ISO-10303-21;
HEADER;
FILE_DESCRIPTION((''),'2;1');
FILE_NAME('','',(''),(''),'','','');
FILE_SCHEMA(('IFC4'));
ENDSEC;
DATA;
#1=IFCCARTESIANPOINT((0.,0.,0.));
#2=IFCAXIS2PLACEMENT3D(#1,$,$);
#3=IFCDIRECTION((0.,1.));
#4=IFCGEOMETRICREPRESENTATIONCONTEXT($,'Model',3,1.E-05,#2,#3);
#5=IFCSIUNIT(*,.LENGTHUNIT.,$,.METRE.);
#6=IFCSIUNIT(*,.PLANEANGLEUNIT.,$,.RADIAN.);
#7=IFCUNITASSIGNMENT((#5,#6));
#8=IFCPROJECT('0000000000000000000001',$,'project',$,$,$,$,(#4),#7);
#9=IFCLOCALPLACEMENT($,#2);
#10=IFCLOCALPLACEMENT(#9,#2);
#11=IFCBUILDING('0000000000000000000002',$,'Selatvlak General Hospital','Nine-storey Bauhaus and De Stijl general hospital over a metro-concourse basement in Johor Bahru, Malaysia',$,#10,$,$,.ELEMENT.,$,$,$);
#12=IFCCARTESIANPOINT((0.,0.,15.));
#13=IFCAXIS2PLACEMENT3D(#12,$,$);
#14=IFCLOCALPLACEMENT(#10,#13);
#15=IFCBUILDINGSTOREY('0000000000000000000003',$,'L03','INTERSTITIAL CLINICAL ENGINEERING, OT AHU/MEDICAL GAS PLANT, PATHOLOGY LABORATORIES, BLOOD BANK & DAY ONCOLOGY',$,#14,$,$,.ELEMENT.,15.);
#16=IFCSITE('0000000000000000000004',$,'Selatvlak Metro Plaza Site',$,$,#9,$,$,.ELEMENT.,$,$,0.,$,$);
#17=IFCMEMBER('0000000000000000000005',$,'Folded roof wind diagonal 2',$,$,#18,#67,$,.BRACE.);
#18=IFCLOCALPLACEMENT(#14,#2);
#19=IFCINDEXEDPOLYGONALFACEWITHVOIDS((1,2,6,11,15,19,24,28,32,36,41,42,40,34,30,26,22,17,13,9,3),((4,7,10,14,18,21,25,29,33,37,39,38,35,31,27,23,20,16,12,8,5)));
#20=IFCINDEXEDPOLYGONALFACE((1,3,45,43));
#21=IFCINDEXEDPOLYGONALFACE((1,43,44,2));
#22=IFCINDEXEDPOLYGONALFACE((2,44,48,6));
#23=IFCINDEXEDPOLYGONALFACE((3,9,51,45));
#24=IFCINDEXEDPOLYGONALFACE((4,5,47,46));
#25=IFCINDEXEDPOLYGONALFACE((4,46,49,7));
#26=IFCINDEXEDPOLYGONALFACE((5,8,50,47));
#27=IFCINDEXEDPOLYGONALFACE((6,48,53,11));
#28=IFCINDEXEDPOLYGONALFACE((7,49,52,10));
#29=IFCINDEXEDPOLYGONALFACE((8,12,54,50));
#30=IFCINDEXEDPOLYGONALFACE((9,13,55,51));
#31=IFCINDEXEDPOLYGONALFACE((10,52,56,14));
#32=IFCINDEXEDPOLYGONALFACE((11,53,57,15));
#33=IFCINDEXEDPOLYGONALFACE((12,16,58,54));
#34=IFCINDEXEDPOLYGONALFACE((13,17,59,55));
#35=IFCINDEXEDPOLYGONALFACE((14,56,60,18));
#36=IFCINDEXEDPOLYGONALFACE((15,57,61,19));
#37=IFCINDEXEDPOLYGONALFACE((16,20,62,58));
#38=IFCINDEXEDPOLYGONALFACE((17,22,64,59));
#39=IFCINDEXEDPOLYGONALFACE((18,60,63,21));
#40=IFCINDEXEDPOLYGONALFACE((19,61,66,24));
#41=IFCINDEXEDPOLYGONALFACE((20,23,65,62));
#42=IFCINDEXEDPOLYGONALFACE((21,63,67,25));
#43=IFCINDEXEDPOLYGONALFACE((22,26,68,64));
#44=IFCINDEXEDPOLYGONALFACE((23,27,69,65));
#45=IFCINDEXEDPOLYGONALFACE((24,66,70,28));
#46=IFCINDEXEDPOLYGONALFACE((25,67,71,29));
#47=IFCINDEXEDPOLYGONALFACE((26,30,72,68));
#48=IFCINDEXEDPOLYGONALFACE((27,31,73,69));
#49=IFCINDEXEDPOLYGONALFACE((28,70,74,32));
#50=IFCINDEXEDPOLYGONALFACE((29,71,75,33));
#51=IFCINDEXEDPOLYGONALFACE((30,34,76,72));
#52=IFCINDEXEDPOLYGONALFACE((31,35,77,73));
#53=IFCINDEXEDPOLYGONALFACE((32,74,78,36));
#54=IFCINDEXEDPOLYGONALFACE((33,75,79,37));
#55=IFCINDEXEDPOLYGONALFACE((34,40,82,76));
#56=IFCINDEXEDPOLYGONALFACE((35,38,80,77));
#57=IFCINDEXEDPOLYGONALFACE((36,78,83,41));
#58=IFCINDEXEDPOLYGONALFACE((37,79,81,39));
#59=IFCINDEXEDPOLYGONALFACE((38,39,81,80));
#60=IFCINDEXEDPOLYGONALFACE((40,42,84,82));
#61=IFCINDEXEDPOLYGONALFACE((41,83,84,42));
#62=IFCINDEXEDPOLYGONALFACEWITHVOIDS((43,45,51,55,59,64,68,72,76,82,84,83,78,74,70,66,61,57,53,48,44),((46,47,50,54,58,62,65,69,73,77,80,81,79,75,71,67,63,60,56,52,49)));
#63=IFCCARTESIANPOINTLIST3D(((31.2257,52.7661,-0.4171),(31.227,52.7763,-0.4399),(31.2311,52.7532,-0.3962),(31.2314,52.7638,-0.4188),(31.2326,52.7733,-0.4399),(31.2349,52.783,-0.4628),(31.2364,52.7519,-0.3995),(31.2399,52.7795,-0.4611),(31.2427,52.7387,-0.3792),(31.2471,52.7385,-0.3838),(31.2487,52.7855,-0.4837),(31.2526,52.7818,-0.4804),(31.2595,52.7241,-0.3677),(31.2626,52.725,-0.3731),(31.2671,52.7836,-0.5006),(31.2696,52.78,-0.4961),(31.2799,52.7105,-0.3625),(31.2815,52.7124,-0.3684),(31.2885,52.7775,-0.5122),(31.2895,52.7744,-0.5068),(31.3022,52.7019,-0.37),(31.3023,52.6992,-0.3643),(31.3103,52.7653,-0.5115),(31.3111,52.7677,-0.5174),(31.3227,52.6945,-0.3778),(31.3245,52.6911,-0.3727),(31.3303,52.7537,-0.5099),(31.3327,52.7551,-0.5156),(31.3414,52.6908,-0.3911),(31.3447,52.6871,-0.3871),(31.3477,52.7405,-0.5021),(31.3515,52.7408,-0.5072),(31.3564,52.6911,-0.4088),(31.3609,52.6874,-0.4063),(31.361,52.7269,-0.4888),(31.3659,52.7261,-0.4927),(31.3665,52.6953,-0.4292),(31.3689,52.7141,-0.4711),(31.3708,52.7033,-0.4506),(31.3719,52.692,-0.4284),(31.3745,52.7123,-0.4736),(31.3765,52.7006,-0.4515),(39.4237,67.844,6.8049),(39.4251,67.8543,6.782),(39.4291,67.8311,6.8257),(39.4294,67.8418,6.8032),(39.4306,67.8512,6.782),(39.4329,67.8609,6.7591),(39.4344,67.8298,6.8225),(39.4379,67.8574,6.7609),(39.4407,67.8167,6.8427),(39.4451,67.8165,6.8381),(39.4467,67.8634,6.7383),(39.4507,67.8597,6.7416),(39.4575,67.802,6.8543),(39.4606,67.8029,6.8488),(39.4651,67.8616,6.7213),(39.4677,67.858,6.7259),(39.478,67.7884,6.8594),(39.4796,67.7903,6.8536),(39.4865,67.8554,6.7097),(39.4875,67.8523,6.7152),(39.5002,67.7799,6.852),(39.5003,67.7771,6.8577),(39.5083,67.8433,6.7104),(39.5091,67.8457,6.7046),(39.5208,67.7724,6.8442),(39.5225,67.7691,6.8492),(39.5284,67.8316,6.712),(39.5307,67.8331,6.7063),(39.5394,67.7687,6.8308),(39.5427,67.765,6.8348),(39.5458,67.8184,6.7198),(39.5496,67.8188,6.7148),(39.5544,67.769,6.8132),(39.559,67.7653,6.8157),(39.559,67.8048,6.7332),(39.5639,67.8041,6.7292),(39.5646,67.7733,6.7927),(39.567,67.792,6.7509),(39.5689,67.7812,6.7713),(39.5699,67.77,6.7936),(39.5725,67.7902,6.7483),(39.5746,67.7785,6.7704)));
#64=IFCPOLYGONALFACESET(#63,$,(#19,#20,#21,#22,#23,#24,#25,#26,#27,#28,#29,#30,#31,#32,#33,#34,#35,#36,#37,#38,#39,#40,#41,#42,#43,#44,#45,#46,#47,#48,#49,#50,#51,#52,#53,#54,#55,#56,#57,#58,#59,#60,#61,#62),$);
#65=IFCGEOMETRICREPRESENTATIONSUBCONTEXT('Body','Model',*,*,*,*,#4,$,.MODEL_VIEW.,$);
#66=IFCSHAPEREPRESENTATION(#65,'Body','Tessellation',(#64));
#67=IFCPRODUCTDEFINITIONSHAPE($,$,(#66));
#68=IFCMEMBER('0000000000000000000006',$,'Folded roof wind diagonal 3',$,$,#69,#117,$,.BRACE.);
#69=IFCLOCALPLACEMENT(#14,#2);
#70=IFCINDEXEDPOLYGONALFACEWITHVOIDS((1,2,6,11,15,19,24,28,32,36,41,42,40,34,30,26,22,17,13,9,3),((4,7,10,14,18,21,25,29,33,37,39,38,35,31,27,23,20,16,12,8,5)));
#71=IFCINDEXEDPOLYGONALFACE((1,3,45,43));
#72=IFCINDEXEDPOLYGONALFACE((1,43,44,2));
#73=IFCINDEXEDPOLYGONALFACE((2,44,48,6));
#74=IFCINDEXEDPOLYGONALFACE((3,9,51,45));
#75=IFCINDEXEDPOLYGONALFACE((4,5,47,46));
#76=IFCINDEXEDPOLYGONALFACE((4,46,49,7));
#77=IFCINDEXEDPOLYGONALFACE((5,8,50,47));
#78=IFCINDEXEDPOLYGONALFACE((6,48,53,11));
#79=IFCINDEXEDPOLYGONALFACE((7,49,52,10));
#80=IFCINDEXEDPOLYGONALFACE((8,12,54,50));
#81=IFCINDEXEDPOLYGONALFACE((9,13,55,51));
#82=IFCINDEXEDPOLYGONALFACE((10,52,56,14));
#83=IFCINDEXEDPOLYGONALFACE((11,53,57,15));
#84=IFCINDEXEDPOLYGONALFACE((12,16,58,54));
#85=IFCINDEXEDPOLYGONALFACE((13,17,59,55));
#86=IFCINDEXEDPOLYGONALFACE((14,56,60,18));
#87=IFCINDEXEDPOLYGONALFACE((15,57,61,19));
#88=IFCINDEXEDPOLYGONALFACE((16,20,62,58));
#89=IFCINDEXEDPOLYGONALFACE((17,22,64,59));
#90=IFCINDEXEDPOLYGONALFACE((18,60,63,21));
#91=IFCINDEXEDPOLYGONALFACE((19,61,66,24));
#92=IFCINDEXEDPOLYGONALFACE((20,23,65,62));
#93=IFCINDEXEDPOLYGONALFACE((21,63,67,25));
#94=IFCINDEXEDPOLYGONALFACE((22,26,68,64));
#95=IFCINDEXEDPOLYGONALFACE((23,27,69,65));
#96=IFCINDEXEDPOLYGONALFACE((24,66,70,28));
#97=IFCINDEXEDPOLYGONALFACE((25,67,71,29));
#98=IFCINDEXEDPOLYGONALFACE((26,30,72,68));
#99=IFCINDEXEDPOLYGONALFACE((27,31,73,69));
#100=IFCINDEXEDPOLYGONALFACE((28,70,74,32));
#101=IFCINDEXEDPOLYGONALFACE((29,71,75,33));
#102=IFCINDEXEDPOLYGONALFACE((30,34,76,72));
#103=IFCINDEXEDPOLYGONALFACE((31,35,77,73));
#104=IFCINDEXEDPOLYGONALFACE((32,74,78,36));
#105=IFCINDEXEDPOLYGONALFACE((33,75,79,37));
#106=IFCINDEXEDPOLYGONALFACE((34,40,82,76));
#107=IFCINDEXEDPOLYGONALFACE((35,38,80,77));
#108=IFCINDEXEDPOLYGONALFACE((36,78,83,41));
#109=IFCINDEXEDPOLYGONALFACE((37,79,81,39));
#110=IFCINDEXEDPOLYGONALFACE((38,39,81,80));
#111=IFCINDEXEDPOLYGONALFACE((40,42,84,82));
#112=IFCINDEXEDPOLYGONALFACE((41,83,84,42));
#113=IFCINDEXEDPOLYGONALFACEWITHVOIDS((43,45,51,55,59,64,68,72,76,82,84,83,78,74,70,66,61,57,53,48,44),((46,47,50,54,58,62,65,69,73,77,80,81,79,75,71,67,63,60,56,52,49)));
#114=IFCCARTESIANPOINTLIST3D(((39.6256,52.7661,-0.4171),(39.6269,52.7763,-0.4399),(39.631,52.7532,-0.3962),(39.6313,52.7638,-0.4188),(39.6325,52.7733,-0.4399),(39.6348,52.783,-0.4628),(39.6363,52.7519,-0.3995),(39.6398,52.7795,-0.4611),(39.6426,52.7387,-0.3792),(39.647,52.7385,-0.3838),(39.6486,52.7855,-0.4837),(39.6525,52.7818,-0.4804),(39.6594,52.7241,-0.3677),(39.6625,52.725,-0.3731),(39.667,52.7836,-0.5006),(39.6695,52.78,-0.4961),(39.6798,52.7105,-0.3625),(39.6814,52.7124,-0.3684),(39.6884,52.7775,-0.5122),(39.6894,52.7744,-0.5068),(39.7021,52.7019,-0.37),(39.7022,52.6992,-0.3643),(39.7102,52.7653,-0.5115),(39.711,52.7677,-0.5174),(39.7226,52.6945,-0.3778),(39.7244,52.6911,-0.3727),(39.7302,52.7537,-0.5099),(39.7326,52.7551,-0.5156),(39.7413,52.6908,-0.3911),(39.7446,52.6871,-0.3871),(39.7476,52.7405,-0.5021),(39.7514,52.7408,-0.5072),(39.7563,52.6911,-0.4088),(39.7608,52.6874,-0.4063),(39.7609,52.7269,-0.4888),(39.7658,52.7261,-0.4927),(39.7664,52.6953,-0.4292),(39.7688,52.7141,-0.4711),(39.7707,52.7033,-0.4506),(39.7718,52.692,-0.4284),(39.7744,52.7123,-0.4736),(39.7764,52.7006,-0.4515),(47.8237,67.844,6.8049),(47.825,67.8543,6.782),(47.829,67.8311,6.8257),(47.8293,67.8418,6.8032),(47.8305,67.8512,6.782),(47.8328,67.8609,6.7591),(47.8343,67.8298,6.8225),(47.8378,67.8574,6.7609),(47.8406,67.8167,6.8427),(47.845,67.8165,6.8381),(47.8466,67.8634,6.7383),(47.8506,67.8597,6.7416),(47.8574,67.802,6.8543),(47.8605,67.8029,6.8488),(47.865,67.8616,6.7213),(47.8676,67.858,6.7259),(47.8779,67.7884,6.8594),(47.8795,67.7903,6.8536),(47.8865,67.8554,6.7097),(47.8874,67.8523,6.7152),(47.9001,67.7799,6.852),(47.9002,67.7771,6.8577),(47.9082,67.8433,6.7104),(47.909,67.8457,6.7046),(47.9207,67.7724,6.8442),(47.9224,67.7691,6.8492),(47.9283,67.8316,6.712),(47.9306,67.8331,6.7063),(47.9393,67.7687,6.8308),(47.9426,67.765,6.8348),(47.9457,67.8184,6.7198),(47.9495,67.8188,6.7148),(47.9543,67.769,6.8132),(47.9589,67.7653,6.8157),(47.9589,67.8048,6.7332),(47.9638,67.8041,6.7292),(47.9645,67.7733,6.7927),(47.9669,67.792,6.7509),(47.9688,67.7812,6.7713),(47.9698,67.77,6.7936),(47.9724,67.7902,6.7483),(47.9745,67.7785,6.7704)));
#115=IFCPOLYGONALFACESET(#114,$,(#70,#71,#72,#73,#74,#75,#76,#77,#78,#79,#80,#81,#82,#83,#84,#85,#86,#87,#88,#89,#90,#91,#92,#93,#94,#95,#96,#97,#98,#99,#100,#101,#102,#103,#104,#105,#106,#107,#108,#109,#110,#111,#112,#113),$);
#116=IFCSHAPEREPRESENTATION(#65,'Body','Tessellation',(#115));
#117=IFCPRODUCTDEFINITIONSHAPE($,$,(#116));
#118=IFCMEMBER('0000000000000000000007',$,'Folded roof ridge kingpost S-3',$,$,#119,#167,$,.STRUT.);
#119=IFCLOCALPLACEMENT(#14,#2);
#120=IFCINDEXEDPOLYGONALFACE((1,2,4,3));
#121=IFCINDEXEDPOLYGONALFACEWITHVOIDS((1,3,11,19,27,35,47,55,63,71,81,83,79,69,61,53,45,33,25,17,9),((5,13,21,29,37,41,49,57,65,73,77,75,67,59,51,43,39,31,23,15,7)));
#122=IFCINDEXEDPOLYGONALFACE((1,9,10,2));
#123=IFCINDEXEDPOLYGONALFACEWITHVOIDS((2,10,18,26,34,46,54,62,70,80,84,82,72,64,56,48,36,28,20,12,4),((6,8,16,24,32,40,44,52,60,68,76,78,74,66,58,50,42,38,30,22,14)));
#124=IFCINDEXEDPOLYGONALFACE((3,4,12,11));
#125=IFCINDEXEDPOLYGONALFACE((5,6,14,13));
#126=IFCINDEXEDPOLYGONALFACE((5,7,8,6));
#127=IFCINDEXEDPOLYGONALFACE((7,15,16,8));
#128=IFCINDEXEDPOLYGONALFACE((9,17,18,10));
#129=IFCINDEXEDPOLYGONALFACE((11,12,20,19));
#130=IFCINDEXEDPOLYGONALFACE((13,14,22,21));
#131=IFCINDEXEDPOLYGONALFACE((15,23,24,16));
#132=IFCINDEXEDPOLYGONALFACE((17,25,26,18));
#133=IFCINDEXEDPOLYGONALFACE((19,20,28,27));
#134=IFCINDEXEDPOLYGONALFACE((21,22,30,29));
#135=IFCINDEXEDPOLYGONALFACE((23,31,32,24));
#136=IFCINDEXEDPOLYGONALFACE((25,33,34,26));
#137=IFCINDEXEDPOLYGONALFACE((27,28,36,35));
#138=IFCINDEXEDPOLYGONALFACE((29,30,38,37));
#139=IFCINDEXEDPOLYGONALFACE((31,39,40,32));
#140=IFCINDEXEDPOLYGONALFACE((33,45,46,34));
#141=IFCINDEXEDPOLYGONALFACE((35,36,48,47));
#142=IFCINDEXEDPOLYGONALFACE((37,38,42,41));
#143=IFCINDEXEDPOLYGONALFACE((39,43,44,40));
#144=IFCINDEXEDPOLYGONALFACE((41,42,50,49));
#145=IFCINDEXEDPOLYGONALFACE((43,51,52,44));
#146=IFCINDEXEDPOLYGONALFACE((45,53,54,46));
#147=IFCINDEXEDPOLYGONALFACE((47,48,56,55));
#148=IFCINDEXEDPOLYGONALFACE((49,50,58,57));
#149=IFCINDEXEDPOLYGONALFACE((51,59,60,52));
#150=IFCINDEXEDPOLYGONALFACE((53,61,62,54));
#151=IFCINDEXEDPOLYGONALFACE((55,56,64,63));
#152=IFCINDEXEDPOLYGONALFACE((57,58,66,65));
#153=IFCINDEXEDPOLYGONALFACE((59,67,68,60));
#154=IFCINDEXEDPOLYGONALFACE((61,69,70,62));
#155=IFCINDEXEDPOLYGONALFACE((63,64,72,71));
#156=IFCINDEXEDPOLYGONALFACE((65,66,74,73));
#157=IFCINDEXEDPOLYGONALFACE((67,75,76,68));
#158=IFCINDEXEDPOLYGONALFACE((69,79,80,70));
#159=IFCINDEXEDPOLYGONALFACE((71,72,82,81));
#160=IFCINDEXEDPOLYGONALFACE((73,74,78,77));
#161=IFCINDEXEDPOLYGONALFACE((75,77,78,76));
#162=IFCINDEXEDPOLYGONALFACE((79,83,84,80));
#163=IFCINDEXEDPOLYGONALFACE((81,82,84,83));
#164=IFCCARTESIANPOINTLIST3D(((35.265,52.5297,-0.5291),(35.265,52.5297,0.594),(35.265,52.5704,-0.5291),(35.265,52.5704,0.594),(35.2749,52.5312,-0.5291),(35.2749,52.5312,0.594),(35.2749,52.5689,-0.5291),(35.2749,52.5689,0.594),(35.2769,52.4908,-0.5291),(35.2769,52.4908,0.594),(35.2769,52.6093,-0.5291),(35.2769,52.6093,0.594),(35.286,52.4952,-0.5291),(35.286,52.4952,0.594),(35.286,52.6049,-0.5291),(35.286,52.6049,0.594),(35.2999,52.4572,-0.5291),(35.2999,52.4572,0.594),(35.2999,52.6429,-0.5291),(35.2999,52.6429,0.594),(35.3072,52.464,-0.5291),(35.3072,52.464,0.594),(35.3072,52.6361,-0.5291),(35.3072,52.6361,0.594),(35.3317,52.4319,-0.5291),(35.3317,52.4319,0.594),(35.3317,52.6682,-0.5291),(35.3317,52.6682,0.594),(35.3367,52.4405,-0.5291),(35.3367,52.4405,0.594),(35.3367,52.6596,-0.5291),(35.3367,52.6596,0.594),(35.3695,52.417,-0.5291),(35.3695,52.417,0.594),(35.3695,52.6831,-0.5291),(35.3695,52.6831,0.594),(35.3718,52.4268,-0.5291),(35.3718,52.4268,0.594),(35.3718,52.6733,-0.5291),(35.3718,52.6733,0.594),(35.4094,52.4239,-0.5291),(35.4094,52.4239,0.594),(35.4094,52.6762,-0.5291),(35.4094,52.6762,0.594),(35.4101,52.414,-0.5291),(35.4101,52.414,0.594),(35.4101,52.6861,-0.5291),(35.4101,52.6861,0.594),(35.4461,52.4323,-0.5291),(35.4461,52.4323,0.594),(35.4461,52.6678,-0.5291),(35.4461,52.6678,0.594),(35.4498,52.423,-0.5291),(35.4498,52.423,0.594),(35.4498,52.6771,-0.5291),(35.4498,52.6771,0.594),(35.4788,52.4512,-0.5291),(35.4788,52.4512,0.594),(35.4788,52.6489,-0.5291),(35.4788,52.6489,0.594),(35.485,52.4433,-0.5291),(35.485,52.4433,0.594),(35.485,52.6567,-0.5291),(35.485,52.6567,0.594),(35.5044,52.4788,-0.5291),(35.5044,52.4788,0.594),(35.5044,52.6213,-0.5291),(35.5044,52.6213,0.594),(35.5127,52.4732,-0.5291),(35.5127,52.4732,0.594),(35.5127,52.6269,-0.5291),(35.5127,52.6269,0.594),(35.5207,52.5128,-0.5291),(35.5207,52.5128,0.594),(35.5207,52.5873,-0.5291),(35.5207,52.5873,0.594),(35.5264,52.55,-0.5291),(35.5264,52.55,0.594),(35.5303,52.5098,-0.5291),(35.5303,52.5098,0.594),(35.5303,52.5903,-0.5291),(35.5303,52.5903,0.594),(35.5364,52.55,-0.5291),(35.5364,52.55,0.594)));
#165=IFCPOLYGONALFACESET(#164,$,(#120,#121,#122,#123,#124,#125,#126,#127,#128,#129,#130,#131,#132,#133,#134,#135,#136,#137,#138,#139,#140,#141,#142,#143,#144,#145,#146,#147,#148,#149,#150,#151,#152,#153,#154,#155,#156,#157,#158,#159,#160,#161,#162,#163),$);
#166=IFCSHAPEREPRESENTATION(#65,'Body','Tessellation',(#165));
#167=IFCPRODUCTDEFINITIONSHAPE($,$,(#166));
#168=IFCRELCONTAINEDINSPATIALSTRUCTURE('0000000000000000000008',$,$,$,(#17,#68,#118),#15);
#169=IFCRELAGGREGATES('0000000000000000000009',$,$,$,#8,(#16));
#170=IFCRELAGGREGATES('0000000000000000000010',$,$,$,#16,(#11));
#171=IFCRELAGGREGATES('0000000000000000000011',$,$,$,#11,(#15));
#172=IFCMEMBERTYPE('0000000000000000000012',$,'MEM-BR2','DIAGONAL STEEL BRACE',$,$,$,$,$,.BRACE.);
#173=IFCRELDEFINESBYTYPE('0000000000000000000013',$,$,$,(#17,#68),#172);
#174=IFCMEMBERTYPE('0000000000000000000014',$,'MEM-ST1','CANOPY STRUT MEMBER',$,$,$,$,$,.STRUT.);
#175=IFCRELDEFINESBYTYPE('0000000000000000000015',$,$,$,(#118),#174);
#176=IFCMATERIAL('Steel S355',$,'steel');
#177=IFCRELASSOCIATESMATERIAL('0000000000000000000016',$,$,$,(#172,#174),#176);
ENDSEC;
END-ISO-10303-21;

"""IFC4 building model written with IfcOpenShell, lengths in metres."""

from ifc_helpers import new_model, si_unit, direction, frame, origin, origin_2d, place, context, subcontext, project, spatial, hollow_circle, extrude, material, material_profile, profile_set, type_object, element, save


model = new_model("IFC4")

# Units and contexts
model_context = context("Model", 3, precision=1e-05, world=origin(), true_north=direction((0.0, 1.0)))
body_context = subcontext(model_context, "Body", "Model", "MODEL_VIEW")
ifc_project = project(units=[si_unit("LENGTHUNIT", "METRE"), si_unit("PLANEANGLEUNIT", "RADIAN")], contexts=[model_context])

# Site, building, storey
site_placement = place(None, origin())
site = spatial("IfcSite", under=ifc_project, at=site_placement, Name="Selatvlak Metro Plaza Site", CompositionType="ELEMENT", RefElevation=0.0)
building_placement = place(site_placement, origin())
building = spatial("IfcBuilding", under=site, at=building_placement, Name="Selatvlak General Hospital", Description="Nine-storey Bauhaus and De Stijl general hospital over a metro-concourse basement in Johor Bahru, Malaysia", CompositionType="ELEMENT")
storey_placement = place(building_placement, frame((0.0, 0.0, 15.0)))
storey = spatial("IfcBuildingStorey", under=building, at=storey_placement, Name="L03", Description="INTERSTITIAL CLINICAL ENGINEERING, OT AHU/MEDICAL GAS PLANT, PATHOLOGY LABORATORIES, BLOOD BANK & DAY ONCOLOGY", CompositionType="ELEMENT", Elevation=15.0)

# Shared definitions
ifc_material = material(Name="Steel S355", Category="steel")

# Members
ifc_material_profile_1 = material_profile(ifc_material, hollow_circle(Radius=0.0842, WallThickness=0.0063, at=origin_2d()), Name="CHS 168.3x6.3")
ifc_profile_set_1 = profile_set([ifc_material_profile_1], Name="Steel S355")
member_type_1 = type_object("IfcMemberType", Name="MEM-BR2", Description="DIAGONAL STEEL BRACE", PredefinedType="BRACE", material=ifc_profile_set_1)
for number, where, z_axis, x_axis, name in (
    (1, (31.301, 52.7361, -0.4399), (0.440278, 0.809766, 0.387858), (-0.878539, 0.477671, 0.0), "Folded roof wind diagonal 2"),
    (2, (39.7009, 52.7361, -0.4399), (0.440278, 0.809766, 0.387858), (-0.878539, 0.477671, 0.0), "Folded roof wind diagonal 3"),
):
    element("IfcMember", number, at=place(storey_placement, frame(where, z_axis=z_axis, x_axis=x_axis)), inside=storey, type_object=member_type_1, Name=name, PredefinedType="BRACE", context=body_context, shape_type="SweptSolid", body=[
        extrude(hollow_circle(Radius=0.0842, WallThickness=0.0063, at=origin_2d()), origin(), (0.0, 0.0, 1.0), 18.6201),
    ])
ifc_material_profile_2 = material_profile(ifc_material, hollow_circle(Radius=0.1365, WallThickness=0.01, at=origin_2d()), Name="CHS 273.0x10")
ifc_profile_set_2 = profile_set([ifc_material_profile_2], Name="Steel S355")
member_type_2 = type_object("IfcMemberType", Name="MEM-ST1", Description="CANOPY STRUT MEMBER", PredefinedType="STRUT", material=ifc_profile_set_2)
member_1_placement = place(storey_placement, frame((35.3999, 52.55, -0.5291), z_axis=(0.0, 0.0, 1.0), x_axis=(1.0, 0.0, 0.0)))
element("IfcMember", 3, at=member_1_placement, inside=storey, type_object=member_type_2, Name="Folded roof ridge kingpost S-3", PredefinedType="STRUT", context=body_context, shape_type="SweptSolid", body=[
    extrude(hollow_circle(Radius=0.1365, WallThickness=0.01, at=origin_2d()), origin(), (0.0, 0.0, 1.0), 1.123),
])

save(model, "model.ifc")
